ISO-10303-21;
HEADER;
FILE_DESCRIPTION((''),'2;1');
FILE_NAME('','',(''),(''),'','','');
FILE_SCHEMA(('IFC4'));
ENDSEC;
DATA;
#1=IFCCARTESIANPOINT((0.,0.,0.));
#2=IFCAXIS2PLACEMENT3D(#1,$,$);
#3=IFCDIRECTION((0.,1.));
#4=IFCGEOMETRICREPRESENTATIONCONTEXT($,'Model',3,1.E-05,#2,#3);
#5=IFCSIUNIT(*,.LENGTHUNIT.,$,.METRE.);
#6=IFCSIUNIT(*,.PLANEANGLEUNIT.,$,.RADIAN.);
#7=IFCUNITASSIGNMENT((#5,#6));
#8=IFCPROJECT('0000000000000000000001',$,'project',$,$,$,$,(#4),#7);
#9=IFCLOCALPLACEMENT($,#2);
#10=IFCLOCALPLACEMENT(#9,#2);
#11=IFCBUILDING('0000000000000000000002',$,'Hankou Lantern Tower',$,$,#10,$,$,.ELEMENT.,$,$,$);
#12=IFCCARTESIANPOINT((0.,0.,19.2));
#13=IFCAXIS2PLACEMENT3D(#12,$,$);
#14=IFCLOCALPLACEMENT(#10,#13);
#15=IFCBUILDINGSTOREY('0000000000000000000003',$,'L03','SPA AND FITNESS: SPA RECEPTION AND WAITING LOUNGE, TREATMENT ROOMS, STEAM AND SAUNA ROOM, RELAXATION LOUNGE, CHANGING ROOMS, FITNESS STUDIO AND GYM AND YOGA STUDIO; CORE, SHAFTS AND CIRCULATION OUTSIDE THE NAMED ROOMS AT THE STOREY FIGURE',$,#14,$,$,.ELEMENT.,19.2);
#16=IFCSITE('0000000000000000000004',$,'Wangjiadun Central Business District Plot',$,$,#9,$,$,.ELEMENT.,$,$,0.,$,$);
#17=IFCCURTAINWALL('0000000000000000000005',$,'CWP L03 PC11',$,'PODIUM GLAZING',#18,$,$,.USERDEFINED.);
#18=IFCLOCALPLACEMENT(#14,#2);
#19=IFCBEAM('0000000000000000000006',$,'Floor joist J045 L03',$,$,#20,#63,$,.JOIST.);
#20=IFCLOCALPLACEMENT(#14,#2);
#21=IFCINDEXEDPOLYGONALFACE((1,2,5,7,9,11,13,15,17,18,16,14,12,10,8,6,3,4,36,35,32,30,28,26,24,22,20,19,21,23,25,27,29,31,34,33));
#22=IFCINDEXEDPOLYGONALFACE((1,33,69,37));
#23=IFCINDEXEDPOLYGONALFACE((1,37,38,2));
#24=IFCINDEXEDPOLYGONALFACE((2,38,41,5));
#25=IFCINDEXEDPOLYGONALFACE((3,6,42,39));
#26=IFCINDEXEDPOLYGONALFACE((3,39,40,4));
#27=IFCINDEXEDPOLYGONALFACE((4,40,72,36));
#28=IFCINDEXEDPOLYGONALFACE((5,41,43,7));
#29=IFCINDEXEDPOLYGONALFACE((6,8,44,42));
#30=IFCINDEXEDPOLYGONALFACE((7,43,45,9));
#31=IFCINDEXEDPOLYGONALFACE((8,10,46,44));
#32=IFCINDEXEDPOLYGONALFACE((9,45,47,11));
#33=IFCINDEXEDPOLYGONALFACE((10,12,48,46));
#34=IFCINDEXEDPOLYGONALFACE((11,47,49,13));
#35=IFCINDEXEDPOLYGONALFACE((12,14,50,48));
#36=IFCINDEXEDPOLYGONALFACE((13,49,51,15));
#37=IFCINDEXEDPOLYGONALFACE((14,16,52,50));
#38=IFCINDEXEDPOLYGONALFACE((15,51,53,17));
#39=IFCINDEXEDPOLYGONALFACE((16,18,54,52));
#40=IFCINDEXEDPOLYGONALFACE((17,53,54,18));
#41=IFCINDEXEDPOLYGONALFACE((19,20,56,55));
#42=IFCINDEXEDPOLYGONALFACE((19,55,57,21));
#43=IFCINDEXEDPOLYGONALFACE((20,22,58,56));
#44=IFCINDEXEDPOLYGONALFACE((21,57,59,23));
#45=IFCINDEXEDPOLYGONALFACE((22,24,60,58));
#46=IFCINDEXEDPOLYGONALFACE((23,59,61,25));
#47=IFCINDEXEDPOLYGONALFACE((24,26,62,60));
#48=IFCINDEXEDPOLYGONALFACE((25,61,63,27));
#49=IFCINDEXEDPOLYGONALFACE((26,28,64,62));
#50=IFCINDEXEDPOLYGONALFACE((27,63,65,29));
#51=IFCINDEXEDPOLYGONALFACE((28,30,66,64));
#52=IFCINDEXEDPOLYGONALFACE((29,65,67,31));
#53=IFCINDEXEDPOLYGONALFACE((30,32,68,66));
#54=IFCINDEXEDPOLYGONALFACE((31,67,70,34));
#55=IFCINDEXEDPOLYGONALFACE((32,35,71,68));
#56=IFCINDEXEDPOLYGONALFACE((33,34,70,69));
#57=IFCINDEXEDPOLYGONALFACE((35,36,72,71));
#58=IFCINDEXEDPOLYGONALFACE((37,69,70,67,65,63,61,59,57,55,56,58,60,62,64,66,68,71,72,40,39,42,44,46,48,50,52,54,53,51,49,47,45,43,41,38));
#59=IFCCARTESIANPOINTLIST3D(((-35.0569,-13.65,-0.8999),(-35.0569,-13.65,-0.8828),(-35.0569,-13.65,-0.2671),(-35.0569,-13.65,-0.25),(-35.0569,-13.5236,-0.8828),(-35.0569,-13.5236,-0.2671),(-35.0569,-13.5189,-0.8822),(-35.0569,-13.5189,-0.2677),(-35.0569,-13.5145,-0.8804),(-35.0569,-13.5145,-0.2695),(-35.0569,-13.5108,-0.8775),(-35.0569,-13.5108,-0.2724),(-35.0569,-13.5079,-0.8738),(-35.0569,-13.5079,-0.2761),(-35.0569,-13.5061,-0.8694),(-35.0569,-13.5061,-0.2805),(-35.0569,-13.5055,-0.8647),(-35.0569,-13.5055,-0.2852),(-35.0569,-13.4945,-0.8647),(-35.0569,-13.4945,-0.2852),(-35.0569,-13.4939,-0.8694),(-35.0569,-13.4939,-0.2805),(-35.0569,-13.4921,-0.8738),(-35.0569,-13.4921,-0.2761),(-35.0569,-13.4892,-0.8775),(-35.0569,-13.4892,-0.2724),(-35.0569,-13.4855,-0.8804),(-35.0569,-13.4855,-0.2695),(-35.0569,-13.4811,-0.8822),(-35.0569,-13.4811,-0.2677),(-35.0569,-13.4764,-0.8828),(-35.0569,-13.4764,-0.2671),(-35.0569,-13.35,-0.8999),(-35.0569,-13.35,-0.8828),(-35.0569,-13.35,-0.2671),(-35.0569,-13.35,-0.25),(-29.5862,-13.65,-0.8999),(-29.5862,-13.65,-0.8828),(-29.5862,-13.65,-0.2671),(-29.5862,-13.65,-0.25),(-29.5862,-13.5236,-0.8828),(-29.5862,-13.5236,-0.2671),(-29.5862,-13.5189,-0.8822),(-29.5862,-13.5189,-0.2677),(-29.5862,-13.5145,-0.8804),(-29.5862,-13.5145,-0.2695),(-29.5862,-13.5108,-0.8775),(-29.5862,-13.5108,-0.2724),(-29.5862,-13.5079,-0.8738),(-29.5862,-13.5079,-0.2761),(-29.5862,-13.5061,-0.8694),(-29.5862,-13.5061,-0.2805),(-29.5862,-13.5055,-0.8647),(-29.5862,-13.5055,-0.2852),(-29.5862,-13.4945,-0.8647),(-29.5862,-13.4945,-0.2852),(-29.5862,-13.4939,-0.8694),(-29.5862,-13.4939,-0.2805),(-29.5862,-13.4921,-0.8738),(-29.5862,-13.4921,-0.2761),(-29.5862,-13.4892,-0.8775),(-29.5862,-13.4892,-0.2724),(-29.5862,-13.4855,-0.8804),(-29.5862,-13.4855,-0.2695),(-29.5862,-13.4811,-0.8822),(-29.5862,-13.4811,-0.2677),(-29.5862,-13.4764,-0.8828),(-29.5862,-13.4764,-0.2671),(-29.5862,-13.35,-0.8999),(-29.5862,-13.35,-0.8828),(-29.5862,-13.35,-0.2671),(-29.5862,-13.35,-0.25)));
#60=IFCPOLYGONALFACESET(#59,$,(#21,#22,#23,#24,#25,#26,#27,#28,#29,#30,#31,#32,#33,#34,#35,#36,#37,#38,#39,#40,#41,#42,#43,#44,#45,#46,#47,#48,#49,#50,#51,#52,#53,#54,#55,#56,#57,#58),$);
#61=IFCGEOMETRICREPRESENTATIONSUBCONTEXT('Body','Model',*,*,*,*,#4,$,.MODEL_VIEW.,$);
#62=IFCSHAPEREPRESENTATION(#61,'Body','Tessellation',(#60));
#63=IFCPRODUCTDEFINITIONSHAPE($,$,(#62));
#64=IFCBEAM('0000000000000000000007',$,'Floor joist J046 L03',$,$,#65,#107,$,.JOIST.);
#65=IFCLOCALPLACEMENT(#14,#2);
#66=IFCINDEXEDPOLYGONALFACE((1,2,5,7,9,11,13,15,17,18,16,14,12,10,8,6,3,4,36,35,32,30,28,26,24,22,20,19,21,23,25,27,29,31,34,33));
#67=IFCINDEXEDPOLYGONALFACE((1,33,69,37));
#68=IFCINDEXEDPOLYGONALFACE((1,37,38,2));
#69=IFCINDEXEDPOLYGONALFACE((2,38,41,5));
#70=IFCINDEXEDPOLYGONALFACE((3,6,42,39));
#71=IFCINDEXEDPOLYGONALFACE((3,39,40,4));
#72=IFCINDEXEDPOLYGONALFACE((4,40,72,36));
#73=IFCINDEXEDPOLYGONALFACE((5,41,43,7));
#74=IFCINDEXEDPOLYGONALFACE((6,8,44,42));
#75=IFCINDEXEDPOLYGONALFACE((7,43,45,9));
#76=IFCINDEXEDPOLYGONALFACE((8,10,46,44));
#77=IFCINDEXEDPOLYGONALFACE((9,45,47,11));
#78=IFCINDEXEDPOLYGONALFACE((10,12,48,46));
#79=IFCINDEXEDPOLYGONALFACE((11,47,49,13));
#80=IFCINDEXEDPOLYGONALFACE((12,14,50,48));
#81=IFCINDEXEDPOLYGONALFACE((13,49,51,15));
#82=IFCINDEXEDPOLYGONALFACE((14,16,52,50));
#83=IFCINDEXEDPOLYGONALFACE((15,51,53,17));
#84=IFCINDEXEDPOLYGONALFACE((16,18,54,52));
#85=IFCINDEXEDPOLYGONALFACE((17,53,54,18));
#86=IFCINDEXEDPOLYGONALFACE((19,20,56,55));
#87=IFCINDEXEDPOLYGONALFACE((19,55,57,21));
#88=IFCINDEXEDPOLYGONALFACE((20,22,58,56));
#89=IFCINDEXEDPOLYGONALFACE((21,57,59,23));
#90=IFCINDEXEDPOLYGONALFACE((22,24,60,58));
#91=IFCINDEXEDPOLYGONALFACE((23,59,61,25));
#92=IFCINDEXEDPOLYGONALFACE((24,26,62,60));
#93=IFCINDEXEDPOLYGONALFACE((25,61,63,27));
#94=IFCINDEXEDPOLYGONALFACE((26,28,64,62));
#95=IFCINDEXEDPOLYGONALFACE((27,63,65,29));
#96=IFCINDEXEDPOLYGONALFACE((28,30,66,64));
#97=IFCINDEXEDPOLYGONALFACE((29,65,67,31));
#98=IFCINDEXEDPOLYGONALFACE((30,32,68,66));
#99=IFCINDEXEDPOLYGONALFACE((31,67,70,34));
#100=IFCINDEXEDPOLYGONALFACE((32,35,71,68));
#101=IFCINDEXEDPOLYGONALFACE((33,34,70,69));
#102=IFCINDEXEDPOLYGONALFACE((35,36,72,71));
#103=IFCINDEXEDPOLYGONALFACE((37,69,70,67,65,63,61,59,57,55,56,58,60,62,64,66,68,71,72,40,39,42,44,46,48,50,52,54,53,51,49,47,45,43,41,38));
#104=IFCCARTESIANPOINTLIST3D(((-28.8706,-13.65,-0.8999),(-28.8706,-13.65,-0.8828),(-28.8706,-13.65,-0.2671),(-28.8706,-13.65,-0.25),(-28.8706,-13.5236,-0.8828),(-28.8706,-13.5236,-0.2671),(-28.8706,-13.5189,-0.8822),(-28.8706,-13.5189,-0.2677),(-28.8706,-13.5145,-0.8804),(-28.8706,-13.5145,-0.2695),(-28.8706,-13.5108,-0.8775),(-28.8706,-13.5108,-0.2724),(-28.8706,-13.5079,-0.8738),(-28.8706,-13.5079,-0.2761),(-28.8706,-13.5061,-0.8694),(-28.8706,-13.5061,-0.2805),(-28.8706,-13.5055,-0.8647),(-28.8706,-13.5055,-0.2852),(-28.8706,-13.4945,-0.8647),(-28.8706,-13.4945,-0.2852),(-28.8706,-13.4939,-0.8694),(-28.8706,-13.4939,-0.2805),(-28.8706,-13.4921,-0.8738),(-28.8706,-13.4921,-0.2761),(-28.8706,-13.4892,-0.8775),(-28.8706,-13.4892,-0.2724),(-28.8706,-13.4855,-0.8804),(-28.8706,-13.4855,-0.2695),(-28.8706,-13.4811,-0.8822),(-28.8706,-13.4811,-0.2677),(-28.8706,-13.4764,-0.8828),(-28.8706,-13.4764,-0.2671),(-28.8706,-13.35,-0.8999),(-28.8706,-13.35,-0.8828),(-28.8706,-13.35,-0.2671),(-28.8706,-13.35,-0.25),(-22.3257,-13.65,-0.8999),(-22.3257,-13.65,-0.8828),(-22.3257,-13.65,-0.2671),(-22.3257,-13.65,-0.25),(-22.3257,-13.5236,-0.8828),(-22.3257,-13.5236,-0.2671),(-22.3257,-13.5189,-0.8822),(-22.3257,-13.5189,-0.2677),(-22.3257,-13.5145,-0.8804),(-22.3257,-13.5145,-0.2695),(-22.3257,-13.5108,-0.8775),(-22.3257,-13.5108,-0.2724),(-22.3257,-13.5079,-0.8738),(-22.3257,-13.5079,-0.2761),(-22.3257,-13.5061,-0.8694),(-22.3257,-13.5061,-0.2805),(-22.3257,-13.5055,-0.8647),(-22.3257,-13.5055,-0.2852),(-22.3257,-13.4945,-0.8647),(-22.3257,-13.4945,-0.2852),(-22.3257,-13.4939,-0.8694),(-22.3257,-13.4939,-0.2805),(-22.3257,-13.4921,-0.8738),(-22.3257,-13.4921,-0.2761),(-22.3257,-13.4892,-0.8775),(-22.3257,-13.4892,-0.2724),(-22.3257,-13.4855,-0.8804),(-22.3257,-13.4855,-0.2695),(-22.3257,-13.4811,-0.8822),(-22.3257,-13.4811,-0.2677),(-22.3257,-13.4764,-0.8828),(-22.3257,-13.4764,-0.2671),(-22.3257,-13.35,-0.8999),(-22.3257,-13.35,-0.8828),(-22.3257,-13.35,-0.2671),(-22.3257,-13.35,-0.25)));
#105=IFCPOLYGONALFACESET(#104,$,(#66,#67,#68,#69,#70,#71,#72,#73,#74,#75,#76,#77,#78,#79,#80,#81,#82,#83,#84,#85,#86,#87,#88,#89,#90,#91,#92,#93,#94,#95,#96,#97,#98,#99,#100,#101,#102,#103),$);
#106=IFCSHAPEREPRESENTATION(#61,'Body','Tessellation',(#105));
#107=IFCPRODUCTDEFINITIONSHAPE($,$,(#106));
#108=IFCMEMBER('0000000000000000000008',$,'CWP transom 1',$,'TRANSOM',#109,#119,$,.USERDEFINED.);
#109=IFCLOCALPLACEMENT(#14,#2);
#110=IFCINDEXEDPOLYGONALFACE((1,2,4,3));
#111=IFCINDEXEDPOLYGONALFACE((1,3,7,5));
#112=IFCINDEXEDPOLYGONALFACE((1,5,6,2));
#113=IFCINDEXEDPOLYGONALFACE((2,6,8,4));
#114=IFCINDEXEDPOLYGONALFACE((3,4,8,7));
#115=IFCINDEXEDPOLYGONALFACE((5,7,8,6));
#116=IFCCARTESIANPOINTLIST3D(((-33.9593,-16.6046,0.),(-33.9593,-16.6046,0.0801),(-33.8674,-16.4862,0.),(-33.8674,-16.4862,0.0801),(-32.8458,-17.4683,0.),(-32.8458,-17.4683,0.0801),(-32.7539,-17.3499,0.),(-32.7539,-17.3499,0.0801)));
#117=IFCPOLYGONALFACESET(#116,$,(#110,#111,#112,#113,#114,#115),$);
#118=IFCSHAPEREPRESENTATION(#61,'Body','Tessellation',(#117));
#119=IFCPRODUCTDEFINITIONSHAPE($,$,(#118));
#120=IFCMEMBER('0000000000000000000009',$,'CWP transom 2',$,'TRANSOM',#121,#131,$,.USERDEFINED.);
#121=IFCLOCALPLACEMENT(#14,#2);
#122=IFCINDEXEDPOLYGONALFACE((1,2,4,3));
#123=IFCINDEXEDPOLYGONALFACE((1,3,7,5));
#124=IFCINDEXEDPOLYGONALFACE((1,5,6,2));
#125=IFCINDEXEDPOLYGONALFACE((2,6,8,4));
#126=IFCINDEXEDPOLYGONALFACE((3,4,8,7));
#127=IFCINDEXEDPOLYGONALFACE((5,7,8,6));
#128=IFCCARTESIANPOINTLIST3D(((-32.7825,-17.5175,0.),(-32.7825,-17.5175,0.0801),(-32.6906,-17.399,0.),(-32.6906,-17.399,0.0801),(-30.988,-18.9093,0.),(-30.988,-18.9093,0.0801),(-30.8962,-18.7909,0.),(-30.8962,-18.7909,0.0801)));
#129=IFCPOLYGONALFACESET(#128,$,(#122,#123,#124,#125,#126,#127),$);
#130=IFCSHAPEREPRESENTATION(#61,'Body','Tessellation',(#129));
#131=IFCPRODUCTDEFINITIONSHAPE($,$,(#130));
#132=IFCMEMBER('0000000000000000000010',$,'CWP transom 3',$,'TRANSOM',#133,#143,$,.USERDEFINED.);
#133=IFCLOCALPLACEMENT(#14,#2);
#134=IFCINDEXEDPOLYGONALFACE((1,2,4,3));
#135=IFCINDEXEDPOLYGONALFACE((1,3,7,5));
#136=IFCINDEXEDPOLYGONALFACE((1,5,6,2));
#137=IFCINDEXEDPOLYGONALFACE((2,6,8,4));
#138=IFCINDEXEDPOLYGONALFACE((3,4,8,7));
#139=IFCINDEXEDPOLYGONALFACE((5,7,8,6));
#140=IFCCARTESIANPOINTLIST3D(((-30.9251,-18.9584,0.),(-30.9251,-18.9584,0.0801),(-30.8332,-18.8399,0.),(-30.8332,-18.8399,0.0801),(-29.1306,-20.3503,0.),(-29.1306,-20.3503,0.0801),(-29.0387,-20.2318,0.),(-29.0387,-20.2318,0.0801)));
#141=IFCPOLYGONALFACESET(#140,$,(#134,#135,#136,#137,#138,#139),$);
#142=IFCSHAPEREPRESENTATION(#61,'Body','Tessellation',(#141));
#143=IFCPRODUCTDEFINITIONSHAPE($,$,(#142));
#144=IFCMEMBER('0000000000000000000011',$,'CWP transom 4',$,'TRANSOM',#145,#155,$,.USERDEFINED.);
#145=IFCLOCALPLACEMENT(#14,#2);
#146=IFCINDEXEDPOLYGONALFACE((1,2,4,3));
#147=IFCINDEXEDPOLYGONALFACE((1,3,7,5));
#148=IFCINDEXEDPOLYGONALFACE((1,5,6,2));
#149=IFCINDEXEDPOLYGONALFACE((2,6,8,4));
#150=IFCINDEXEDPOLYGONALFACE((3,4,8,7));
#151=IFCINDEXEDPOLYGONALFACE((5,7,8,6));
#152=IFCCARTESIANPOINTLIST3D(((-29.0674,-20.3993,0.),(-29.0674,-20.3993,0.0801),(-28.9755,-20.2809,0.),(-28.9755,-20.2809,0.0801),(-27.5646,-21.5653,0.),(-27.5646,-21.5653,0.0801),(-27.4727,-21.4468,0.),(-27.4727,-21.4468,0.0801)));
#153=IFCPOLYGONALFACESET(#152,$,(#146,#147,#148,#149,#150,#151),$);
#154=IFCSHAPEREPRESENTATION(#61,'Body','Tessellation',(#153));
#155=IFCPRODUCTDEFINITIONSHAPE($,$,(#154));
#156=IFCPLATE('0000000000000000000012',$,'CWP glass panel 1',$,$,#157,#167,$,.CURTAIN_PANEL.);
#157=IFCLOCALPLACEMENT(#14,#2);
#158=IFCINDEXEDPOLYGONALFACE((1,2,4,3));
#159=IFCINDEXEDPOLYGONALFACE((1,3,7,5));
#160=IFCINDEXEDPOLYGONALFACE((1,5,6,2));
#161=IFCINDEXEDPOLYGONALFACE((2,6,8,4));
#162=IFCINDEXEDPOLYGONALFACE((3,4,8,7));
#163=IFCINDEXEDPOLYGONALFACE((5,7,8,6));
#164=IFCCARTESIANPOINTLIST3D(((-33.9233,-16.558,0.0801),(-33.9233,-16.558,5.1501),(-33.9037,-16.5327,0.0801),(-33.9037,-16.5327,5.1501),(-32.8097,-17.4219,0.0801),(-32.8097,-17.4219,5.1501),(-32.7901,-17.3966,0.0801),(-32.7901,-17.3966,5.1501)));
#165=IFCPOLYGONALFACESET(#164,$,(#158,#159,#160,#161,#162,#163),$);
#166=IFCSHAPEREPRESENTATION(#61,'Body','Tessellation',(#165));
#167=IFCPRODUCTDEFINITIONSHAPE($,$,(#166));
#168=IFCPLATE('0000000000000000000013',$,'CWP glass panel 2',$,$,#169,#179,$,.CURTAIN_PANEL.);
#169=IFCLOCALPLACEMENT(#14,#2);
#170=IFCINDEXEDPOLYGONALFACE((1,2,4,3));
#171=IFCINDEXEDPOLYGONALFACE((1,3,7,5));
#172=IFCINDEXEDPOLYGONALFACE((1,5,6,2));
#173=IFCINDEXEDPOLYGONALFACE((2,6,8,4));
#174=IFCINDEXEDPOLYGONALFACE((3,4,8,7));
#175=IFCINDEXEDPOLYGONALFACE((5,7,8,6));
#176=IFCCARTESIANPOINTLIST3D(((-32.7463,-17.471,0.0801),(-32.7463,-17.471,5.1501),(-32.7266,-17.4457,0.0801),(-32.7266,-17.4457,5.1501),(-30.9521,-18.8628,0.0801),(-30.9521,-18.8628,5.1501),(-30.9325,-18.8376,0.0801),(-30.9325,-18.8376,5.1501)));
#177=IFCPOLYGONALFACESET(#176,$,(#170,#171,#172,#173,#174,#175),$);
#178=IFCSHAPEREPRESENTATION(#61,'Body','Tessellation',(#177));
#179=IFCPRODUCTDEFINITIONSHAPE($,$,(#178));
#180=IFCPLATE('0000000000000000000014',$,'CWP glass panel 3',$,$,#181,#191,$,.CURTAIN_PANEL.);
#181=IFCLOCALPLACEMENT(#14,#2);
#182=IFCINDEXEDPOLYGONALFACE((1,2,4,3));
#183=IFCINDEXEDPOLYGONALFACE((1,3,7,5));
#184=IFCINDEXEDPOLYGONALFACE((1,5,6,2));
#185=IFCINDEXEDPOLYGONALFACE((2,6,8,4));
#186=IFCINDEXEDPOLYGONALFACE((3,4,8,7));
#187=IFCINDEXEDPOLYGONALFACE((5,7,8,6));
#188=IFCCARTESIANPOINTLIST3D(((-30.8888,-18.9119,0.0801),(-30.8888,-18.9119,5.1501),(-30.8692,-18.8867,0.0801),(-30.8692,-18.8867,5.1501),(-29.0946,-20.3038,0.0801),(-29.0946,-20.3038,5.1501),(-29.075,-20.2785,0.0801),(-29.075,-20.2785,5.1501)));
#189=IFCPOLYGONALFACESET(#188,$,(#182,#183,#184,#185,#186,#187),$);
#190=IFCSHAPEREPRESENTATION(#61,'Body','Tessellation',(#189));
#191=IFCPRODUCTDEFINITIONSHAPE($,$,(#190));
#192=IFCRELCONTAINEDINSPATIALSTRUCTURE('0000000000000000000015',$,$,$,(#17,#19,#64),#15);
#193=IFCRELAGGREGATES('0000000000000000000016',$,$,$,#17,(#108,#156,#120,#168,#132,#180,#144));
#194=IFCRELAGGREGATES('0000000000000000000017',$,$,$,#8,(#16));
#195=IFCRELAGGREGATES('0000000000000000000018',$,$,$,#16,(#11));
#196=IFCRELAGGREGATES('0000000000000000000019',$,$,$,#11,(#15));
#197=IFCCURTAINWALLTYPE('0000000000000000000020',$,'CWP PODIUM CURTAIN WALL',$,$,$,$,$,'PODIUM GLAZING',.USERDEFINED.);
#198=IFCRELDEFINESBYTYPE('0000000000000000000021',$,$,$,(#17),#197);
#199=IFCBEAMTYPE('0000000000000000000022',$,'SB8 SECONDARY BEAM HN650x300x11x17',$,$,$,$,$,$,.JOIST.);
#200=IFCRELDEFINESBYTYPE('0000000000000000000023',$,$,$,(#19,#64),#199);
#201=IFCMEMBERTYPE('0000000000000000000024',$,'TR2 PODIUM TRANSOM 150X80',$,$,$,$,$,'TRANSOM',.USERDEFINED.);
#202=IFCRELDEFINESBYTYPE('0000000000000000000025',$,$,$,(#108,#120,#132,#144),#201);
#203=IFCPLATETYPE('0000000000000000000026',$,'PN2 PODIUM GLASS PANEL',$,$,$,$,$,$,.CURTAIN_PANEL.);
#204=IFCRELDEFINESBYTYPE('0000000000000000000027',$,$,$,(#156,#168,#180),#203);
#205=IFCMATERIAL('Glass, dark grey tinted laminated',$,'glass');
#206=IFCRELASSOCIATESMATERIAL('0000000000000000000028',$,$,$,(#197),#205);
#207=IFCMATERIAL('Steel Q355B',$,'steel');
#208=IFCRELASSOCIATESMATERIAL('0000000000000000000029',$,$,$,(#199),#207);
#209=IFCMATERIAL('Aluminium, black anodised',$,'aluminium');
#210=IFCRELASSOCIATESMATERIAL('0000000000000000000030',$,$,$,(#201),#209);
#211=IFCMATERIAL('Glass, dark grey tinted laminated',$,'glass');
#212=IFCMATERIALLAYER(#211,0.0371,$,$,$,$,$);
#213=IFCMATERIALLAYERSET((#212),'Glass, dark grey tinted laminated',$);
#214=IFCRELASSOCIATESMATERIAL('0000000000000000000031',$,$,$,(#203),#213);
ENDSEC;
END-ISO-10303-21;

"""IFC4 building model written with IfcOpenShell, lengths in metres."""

from ifc_helpers import new_model, si_unit, direction, frame, origin, origin_2d, place, context, subcontext, project, spatial, rectangle, i_section, extrude, material, layer, layer_set, material_profile, profile_set, type_object, element, aggregate, save


model = new_model("IFC4")

# Units and contexts
model_context = context("Model", 3, precision=1e-05, world=origin(), true_north=direction((0.0, 1.0)))
body_context = subcontext(model_context, "Body", "Model", "MODEL_VIEW")
ifc_project = project(units=[si_unit("LENGTHUNIT", "METRE"), si_unit("PLANEANGLEUNIT", "RADIAN")], contexts=[model_context])

# Site, building, storey
site_placement = place(None, origin())
site = spatial("IfcSite", under=ifc_project, at=site_placement, Name="Wangjiadun Central Business District Plot", CompositionType="ELEMENT", RefElevation=0.0)
building_placement = place(site_placement, origin())
building = spatial("IfcBuilding", under=site, at=building_placement, Name="Hankou Lantern Tower", CompositionType="ELEMENT")
storey_placement = place(building_placement, frame((0.0, 0.0, 19.2)))
storey = spatial("IfcBuildingStorey", under=building, at=storey_placement, Name="L03", Description="SPA AND FITNESS: SPA RECEPTION AND WAITING LOUNGE, TREATMENT ROOMS, STEAM AND SAUNA ROOM, RELAXATION LOUNGE, CHANGING ROOMS, FITNESS STUDIO AND GYM AND YOGA STUDIO; CORE, SHAFTS AND CIRCULATION OUTSIDE THE NAMED ROOMS AT THE STOREY FIGURE", CompositionType="ELEMENT", Elevation=19.2)

# Curtain wall
ifc_material_1 = material(Name="Glass, dark grey tinted laminated", Category="glass")
curtain_wall_type = type_object("IfcCurtainWallType", Name="CWP PODIUM CURTAIN WALL", ElementType="PODIUM GLAZING", PredefinedType="USERDEFINED", material=ifc_material_1)
curtain_wall_placement = place(storey_placement, origin())
curtain_wall = element("IfcCurtainWall", 1, at=curtain_wall_placement, inside=storey, type_object=curtain_wall_type, Name="CWP L03 PC11", ObjectType="PODIUM GLAZING", PredefinedType="USERDEFINED")

# Beams
ifc_material_2 = material(Name="Steel Q355B", Category="steel")
ifc_material_profile_1 = material_profile(ifc_material_2, i_section(OverallWidth=0.3, OverallDepth=0.6499, WebThickness=0.011, FlangeThickness=0.0171, FilletRadius=0.0181, at=origin_2d()), Name="HN650x300x11x17")
ifc_profile_set_1 = profile_set([ifc_material_profile_1], Name="Steel Q355B")
beam_type_1 = type_object("IfcBeamType", Name="SB8 SECONDARY BEAM HN650x300x11x17", PredefinedType="JOIST", material=ifc_profile_set_1)
beam_1_placement = place(storey_placement, frame((-35.0569, -13.5, -0.575), z_axis=(1.0, 0.0, 0.0), x_axis=(0.0, 1.0, 0.0)))
element("IfcBeam", 2, at=beam_1_placement, inside=storey, type_object=beam_type_1, Name="Floor joist J045 L03", PredefinedType="JOIST", context=body_context, shape_type="SweptSolid", body=[
    extrude(i_section(OverallWidth=0.3, OverallDepth=0.6499, WebThickness=0.011, FlangeThickness=0.0171, FilletRadius=0.0181, at=origin_2d()), origin(), (0.0, 0.0, 1.0), 5.4707),
])
beam_2_placement = place(storey_placement, frame((-28.8706, -13.5, -0.575), z_axis=(1.0, 0.0, 0.0), x_axis=(0.0, 1.0, 0.0)))
element("IfcBeam", 3, at=beam_2_placement, inside=storey, type_object=beam_type_1, Name="Floor joist J046 L03", PredefinedType="JOIST", context=body_context, shape_type="SweptSolid", body=[
    extrude(i_section(OverallWidth=0.3, OverallDepth=0.6499, WebThickness=0.011, FlangeThickness=0.0171, FilletRadius=0.0181, at=origin_2d()), origin(), (0.0, 0.0, 1.0), 6.5449),
])

# Members
ifc_material_3 = material(Name="Aluminium, black anodised", Category="aluminium")
ifc_material_profile_2 = material_profile(ifc_material_3, rectangle(XDim=0.1499, YDim=0.0801, at=origin_2d()), Name="TR2 150X80")
ifc_profile_set_2 = profile_set([ifc_material_profile_2], Name="Aluminium, black anodised")
member_type_1 = type_object("IfcMemberType", Name="TR2 PODIUM TRANSOM 150X80", ElementType="TRANSOM", PredefinedType="USERDEFINED", material=ifc_profile_set_2)
member_1_placement = place(storey_placement, frame((-33.9133, -16.5454, 0.04), z_axis=(0.790144, -0.612921, 0.0), x_axis=(0.612921, 0.790144, 0.0)))
member_1 = element("IfcMember", 4, at=member_1_placement, type_object=member_type_1, Name="CWP transom 1", ObjectType="TRANSOM", PredefinedType="USERDEFINED", context=body_context, shape_type="SweptSolid", body=[
    extrude(rectangle(XDim=0.1499, YDim=0.0801, at=origin_2d()), origin(), (0.0, 0.0, 1.0), 1.4092),
])
member_2_placement = place(storey_placement, frame((-32.7366, -17.4583, 0.04), z_axis=(0.790168, -0.612891, 0.0), x_axis=(0.612891, 0.790168, 0.0)))
member_2 = element("IfcMember", 5, at=member_2_placement, type_object=member_type_1, Name="CWP transom 2", ObjectType="TRANSOM", PredefinedType="USERDEFINED", context=body_context, shape_type="SweptSolid", body=[
    extrude(rectangle(XDim=0.1499, YDim=0.0801, at=origin_2d()), origin(), (0.0, 0.0, 1.0), 2.271),
])
member_3_placement = place(storey_placement, frame((-30.8792, -18.8992, 0.04), z_axis=(0.790168, -0.612891, 0.0), x_axis=(0.612891, 0.790168, 0.0)))
member_3 = element("IfcMember", 6, at=member_3_placement, type_object=member_type_1, Name="CWP transom 3", ObjectType="TRANSOM", PredefinedType="USERDEFINED", context=body_context, shape_type="SweptSolid", body=[
    extrude(rectangle(XDim=0.1499, YDim=0.0801, at=origin_2d()), origin(), (0.0, 0.0, 1.0), 2.271),
])
member_4_placement = place(storey_placement, frame((-29.0215, -20.3401, 0.04), z_axis=(0.790098, -0.612981, 0.0), x_axis=(0.612981, 0.790098, 0.0)))
member_4 = element("IfcMember", 7, at=member_4_placement, type_object=member_type_1, Name="CWP transom 4", ObjectType="TRANSOM", PredefinedType="USERDEFINED", context=body_context, shape_type="SweptSolid", body=[
    extrude(rectangle(XDim=0.1499, YDim=0.0801, at=origin_2d()), origin(), (0.0, 0.0, 1.0), 1.9021),
])

# Plates
ifc_material_4 = material(Name="Glass, dark grey tinted laminated", Category="glass")
ifc_layer_1 = layer(ifc_material_4, 0.0371)
ifc_layer_set_1 = layer_set([ifc_layer_1], Name="Glass, dark grey tinted laminated")
plate_type = type_object("IfcPlateType", Name="PN2 PODIUM GLASS PANEL", PredefinedType="CURTAIN_PANEL", material=ifc_layer_set_1)
plate_1_placement = place(storey_placement, frame((-33.3567, -16.9773, 0.0801), z_axis=(0.0, 0.0, 1.0), x_axis=(0.79013, -0.61294, 0.0)))
plate_1 = element("IfcPlate", 8, at=plate_1_placement, type_object=plate_type, Name="CWP glass panel 1", PredefinedType="CURTAIN_PANEL", context=body_context, shape_type="SweptSolid", body=[
    extrude(rectangle(XDim=1.4094, YDim=0.032, at=origin_2d()), origin(), (0.0, 0.0, 1.0), 5.0701),
])
plate_2_placement = place(storey_placement, frame((-31.8394, -18.1543, 0.0801), z_axis=(0.0, 0.0, 1.0), x_axis=(0.79013, -0.61294, 0.0)))
plate_2 = element("IfcPlate", 9, at=plate_2_placement, type_object=plate_type, Name="CWP glass panel 2", PredefinedType="CURTAIN_PANEL", context=body_context, shape_type="SweptSolid", body=[
    extrude(rectangle(XDim=2.2708, YDim=0.032, at=origin_2d()), origin(), (0.0, 0.0, 1.0), 5.0701),
])
plate_3_placement = place(storey_placement, frame((-29.9819, -19.5952, 0.0801), z_axis=(0.0, 0.0, 1.0), x_axis=(0.79013, -0.61294, 0.0)))
plate_3 = element("IfcPlate", 10, at=plate_3_placement, type_object=plate_type, Name="CWP glass panel 3", PredefinedType="CURTAIN_PANEL", context=body_context, shape_type="SweptSolid", body=[
    extrude(rectangle(XDim=2.2708, YDim=0.032, at=origin_2d()), origin(), (0.0, 0.0, 1.0), 5.0701),
])
aggregate(curtain_wall, [member_1, plate_1, member_2, plate_2, member_3, plate_3, member_4])

save(model, "model.ifc")
